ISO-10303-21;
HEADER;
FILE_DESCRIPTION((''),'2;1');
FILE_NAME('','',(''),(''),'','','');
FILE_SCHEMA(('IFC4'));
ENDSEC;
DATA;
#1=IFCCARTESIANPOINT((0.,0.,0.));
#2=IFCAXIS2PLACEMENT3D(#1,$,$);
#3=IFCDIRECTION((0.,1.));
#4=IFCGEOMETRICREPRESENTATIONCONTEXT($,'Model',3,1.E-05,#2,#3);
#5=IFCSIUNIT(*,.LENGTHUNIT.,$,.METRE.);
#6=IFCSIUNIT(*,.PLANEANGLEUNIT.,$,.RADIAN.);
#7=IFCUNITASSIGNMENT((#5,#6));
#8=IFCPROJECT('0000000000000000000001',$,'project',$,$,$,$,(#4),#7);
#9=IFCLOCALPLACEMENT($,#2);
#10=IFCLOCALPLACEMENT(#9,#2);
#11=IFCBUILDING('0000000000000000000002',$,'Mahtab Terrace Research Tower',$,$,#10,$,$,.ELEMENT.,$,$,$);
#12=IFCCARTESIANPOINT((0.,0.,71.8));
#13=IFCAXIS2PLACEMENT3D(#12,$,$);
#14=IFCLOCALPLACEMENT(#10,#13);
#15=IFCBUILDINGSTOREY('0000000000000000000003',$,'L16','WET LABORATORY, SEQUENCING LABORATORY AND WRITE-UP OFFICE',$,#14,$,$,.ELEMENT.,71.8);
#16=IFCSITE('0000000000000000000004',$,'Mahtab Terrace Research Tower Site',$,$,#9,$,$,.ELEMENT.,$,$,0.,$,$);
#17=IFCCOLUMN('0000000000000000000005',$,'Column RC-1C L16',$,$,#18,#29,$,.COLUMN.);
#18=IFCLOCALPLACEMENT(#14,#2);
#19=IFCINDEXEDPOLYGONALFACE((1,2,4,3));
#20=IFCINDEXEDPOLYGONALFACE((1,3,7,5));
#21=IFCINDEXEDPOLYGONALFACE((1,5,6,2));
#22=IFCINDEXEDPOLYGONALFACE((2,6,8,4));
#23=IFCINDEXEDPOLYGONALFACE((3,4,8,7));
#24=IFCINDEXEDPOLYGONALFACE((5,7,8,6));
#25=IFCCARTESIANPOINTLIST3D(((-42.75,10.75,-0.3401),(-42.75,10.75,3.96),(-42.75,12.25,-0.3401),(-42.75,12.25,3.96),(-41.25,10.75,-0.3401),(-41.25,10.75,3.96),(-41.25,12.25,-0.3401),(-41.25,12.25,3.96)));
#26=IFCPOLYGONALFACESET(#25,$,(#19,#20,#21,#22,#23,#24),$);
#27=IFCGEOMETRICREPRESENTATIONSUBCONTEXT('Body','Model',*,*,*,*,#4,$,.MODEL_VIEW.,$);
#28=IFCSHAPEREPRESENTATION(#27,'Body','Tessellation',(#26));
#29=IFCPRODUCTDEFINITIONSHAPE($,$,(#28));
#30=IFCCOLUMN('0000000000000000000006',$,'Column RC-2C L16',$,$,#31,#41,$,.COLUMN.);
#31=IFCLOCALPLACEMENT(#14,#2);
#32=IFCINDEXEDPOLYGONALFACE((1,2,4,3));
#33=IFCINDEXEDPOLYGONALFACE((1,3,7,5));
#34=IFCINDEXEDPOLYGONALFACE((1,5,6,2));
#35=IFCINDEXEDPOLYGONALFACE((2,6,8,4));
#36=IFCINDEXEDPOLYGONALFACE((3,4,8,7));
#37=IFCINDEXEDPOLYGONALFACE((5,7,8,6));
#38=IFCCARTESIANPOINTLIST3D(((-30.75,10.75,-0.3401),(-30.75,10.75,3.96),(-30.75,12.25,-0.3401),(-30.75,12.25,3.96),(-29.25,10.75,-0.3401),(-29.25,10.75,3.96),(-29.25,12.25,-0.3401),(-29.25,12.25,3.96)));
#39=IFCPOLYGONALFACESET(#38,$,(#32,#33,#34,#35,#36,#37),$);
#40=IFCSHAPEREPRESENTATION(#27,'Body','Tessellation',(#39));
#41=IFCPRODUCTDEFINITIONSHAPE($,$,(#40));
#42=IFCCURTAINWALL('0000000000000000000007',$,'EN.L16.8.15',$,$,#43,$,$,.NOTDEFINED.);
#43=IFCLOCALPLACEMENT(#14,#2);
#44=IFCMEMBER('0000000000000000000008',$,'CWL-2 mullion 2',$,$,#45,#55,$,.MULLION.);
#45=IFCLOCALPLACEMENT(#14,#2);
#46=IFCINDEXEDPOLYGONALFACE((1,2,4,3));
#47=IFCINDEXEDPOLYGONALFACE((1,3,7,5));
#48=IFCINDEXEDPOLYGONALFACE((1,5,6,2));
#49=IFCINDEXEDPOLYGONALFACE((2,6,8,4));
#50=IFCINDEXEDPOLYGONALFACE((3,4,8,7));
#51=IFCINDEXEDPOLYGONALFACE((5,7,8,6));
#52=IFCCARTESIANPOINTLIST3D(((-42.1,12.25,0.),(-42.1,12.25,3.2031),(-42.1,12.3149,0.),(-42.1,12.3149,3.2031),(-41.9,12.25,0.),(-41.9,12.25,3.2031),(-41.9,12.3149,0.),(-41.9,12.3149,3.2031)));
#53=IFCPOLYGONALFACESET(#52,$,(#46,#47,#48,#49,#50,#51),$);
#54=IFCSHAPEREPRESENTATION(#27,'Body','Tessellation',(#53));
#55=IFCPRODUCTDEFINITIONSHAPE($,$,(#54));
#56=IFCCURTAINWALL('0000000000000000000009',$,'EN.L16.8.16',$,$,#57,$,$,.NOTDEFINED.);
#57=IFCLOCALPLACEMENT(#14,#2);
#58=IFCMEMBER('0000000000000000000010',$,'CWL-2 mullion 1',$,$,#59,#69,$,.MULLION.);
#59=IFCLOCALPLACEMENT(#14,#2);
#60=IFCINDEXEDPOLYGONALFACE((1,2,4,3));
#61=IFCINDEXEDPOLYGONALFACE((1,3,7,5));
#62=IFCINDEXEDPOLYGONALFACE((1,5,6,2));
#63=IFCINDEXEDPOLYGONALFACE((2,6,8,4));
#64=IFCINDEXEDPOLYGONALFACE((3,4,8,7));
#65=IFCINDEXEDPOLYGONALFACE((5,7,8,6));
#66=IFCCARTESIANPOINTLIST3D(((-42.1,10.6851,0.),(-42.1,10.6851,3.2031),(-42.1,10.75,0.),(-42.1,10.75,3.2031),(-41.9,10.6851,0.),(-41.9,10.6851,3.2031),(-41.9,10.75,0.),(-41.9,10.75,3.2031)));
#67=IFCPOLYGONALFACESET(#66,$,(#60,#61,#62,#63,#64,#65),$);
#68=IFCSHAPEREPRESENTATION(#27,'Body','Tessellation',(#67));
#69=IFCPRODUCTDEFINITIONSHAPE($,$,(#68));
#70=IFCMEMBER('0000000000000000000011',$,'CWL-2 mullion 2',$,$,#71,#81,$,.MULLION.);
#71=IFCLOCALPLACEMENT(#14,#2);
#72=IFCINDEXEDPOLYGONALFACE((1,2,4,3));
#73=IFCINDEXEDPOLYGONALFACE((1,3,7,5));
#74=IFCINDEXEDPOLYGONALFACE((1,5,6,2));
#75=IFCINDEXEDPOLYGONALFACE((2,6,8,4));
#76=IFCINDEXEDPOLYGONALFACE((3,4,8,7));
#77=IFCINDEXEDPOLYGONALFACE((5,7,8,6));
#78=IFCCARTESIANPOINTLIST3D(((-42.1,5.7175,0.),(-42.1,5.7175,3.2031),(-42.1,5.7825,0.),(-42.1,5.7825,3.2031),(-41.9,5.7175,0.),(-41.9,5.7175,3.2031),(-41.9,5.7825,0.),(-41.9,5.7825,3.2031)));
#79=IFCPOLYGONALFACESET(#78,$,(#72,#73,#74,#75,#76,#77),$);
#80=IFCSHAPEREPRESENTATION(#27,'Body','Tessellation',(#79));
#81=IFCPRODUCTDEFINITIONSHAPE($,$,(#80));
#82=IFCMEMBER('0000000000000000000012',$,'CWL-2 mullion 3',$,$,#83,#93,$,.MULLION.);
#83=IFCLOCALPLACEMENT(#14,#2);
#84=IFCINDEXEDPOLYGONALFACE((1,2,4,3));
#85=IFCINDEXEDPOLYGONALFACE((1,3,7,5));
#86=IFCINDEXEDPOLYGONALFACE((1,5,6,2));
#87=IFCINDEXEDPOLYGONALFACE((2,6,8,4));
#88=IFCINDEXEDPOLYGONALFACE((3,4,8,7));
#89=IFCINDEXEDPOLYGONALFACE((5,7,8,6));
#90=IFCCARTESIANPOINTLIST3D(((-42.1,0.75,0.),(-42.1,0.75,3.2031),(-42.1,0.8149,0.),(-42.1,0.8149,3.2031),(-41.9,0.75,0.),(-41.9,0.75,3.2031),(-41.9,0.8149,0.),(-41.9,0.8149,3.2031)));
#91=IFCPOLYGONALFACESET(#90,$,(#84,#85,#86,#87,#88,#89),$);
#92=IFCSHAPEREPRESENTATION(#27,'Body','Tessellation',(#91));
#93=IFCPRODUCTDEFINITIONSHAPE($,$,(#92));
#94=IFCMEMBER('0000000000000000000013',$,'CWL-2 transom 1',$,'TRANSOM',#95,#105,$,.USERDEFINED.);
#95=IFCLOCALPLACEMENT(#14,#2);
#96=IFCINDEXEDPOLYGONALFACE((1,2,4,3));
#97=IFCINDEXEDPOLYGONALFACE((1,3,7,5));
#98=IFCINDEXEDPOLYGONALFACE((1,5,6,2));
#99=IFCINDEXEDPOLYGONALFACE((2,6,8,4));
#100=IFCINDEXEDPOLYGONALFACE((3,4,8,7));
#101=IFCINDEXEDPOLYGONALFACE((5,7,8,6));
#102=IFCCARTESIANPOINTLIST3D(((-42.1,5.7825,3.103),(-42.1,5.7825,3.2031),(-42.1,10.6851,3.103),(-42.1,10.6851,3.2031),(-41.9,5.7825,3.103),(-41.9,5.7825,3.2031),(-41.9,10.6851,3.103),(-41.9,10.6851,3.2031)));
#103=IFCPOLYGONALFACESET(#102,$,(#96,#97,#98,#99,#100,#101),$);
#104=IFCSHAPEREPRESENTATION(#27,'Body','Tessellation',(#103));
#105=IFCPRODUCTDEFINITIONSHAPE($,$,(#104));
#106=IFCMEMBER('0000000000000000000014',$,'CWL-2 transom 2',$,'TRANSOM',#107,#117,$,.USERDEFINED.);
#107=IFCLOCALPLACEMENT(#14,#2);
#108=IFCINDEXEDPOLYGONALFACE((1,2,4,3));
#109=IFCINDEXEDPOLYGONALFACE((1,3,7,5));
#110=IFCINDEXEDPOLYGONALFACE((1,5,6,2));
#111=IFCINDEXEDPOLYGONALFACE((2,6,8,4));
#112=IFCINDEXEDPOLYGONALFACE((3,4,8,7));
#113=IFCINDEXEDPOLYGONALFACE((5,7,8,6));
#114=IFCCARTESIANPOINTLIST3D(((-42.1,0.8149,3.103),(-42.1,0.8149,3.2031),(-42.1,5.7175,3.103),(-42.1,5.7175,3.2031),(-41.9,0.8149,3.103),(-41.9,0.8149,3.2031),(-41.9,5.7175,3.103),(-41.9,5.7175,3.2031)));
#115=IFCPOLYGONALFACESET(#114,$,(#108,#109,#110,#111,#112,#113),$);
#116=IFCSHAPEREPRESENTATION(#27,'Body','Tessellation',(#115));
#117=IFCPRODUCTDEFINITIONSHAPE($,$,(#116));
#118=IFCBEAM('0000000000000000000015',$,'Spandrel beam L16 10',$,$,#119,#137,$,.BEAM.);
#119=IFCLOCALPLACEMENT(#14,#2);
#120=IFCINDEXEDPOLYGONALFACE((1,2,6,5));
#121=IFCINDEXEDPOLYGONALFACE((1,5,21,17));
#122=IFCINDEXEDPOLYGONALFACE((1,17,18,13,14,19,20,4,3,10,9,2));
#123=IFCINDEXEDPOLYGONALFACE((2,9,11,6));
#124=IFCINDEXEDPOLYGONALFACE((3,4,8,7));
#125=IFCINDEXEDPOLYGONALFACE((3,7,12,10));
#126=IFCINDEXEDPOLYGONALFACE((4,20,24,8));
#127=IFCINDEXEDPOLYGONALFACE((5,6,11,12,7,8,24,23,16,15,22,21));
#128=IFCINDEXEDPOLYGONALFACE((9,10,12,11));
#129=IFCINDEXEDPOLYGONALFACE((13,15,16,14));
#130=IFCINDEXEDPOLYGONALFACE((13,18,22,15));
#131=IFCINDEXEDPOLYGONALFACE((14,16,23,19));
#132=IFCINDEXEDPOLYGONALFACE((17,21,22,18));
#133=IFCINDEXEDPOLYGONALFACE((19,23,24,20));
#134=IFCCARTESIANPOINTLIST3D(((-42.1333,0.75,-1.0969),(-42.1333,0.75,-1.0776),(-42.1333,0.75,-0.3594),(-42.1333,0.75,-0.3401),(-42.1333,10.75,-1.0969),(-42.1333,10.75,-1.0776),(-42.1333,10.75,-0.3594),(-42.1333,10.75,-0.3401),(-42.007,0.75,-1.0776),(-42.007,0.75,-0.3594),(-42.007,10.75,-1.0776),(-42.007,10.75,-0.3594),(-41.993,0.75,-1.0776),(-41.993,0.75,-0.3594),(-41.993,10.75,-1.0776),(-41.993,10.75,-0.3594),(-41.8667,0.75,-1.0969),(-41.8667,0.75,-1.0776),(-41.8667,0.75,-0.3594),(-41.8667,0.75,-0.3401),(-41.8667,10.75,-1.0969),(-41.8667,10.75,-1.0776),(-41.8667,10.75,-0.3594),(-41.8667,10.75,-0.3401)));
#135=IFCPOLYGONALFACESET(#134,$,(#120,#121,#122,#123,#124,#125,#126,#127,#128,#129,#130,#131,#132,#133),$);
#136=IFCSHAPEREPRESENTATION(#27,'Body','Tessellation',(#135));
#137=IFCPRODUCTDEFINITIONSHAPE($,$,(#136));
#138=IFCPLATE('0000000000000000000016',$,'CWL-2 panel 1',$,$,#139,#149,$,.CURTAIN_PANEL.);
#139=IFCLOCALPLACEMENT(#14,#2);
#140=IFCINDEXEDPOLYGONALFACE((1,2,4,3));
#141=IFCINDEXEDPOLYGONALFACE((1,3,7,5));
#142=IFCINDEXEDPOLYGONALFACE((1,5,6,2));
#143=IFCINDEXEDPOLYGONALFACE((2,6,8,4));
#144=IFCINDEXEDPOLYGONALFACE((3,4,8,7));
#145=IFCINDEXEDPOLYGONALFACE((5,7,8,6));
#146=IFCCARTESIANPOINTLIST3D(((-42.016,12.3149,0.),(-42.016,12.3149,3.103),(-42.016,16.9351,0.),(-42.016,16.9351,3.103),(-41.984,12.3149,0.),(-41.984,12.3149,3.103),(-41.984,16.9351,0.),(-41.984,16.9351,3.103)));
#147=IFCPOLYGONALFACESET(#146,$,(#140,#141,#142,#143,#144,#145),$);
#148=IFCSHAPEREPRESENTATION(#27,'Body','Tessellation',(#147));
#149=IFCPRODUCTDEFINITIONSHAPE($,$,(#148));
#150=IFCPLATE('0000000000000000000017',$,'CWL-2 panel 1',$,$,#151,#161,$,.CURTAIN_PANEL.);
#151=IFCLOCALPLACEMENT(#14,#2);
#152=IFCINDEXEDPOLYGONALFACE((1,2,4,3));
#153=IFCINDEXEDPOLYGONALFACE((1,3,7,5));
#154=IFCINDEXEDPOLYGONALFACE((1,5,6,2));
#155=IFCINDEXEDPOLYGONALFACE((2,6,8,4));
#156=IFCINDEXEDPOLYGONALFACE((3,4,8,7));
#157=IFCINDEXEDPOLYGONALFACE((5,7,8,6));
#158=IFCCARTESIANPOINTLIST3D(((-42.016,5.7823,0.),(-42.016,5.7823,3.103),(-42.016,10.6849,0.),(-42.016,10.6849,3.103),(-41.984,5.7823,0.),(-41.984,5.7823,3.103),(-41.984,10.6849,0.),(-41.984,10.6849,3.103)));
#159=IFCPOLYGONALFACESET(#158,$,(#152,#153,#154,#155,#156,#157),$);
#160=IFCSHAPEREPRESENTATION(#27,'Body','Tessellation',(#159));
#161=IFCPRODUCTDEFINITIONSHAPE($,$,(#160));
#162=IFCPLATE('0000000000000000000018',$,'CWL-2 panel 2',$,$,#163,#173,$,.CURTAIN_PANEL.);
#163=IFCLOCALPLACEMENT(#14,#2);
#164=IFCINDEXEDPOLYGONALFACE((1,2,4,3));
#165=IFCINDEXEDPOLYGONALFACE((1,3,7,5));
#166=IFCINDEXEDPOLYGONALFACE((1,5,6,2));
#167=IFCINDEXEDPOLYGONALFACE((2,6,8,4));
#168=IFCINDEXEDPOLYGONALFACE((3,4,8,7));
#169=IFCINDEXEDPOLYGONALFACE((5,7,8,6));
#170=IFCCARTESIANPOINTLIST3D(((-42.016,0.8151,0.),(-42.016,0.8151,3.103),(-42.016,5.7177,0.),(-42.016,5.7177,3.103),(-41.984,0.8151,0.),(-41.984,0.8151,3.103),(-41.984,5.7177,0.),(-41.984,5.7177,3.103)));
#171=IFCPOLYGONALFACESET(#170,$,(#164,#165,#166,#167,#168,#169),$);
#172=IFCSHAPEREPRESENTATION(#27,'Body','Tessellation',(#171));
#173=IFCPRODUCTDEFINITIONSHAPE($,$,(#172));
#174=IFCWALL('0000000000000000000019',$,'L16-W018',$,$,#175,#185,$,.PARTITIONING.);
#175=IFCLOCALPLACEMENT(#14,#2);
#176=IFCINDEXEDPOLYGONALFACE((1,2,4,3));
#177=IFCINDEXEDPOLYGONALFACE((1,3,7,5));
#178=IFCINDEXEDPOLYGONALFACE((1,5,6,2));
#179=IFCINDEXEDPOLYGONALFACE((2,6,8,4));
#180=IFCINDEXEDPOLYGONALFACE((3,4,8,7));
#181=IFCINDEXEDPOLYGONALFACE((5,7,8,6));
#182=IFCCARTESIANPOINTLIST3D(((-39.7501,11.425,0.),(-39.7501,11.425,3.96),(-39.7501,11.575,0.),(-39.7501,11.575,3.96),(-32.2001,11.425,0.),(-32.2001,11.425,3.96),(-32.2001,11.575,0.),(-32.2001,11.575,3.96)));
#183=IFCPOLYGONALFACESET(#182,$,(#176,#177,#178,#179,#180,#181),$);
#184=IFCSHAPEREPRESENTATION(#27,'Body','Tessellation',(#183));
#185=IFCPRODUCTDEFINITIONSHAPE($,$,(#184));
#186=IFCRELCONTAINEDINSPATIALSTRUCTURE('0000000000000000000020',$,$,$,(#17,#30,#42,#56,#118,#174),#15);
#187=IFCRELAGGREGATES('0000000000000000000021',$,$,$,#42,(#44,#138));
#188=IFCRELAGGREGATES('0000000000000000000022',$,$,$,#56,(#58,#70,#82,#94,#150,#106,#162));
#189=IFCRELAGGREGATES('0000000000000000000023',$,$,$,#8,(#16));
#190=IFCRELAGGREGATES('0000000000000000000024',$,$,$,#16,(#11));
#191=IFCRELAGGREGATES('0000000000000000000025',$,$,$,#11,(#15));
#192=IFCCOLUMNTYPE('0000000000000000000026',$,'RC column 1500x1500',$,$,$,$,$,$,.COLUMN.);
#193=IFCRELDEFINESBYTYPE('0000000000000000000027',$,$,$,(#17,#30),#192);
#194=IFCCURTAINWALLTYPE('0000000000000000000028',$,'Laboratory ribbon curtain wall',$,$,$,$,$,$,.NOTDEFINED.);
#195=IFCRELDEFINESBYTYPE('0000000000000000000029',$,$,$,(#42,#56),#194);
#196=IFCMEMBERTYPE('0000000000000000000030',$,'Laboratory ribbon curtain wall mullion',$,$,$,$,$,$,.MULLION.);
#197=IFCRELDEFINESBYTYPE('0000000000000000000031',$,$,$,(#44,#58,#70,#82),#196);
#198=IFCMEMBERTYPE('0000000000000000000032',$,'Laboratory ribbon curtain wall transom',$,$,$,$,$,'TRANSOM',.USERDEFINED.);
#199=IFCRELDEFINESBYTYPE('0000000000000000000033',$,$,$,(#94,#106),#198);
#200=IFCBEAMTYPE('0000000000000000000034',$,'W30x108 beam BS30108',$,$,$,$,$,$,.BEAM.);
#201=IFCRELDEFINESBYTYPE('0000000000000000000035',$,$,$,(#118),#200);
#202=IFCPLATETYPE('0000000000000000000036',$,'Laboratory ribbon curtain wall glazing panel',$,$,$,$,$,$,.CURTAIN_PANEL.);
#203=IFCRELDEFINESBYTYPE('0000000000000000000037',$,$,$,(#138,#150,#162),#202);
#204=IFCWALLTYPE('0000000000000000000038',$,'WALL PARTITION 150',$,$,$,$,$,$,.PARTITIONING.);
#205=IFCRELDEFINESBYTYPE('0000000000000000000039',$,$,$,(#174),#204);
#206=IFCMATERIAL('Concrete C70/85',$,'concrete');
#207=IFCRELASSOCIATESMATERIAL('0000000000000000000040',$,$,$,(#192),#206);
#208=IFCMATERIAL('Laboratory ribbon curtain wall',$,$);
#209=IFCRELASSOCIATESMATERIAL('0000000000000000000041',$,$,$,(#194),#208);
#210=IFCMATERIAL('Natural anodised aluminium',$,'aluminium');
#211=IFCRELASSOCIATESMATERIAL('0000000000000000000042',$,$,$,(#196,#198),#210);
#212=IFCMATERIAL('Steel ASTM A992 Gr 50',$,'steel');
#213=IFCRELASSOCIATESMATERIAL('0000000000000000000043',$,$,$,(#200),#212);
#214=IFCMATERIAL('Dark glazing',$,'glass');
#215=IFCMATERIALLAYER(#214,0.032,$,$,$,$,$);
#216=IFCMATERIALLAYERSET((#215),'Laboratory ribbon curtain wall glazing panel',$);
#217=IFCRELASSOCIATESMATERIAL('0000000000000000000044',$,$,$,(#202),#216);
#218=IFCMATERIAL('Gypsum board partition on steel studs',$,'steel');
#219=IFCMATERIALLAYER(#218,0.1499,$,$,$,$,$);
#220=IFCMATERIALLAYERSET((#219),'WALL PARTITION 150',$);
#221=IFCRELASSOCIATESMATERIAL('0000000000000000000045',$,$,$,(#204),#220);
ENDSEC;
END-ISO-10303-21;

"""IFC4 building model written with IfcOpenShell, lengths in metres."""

from ifc_helpers import new_model, si_unit, direction, frame, frame_2d, origin, origin_2d, place, context, subcontext, project, spatial, rectangle, i_section, extrude, material, layer, layer_set, material_profile, profile_set, type_object, element, aggregate, save


model = new_model("IFC4")

# Units and contexts
model_context = context("Model", 3, precision=1e-05, world=origin(), true_north=direction((0.0, 1.0)))
body_context = subcontext(model_context, "Body", "Model", "MODEL_VIEW")
ifc_project = project(units=[si_unit("LENGTHUNIT", "METRE"), si_unit("PLANEANGLEUNIT", "RADIAN")], contexts=[model_context])

# Site, building, storey
site_placement = place(None, origin())
site = spatial("IfcSite", under=ifc_project, at=site_placement, Name="Mahtab Terrace Research Tower Site", CompositionType="ELEMENT", RefElevation=0.0)
building_placement = place(site_placement, origin())
building = spatial("IfcBuilding", under=site, at=building_placement, Name="Mahtab Terrace Research Tower", CompositionType="ELEMENT")
storey_placement = place(building_placement, frame((0.0, 0.0, 71.8)))
storey = spatial("IfcBuildingStorey", under=building, at=storey_placement, Name="L16", Description="WET LABORATORY, SEQUENCING LABORATORY AND WRITE-UP OFFICE", CompositionType="ELEMENT", Elevation=71.8)

# Columns
ifc_material_1 = material(Name="Concrete C70/85", Category="concrete")
ifc_material_profile_1 = material_profile(ifc_material_1, rectangle(XDim=1.5, YDim=1.5, at=origin_2d()), Name="RC column 1500x1500")
ifc_profile_set_1 = profile_set([ifc_material_profile_1], Name="Concrete C70/85")
column_type = type_object("IfcColumnType", Name="RC column 1500x1500", PredefinedType="COLUMN", material=ifc_profile_set_1)
for number, where, z_axis, x_axis, name in (
    (1, (-42.0, 11.5, -0.3401), (0.0, 0.0, 1.0), (1.0, 0.0, 0.0), "Column RC-1C L16"),
    (2, (-30.0, 11.5, -0.3401), (0.0, 0.0, 1.0), (1.0, 0.0, 0.0), "Column RC-2C L16"),
):
    element("IfcColumn", number, at=place(storey_placement, frame(where, z_axis=z_axis, x_axis=x_axis)), inside=storey, type_object=column_type, Name=name, PredefinedType="COLUMN", context=body_context, shape_type="SweptSolid", body=[
        extrude(rectangle(XDim=1.5, YDim=1.5, at=origin_2d()), origin(), (0.0, 0.0, 1.0), 4.3),
    ])

# Curtain wall, member
ifc_material_2 = material(Name="Laboratory ribbon curtain wall")
curtain_wall_type = type_object("IfcCurtainWallType", Name="Laboratory ribbon curtain wall", PredefinedType="NOTDEFINED", material=ifc_material_2)
curtain_wall_1_placement = place(storey_placement, origin())
curtain_wall_1 = element("IfcCurtainWall", 3, at=curtain_wall_1_placement, inside=storey, type_object=curtain_wall_type, Name="EN.L16.8.15", PredefinedType="NOTDEFINED")
ifc_material_3 = material(Name="Natural anodised aluminium", Category="aluminium")
ifc_material_profile_2 = material_profile(ifc_material_3, rectangle(XDim=0.2, YDim=0.0649, at=origin_2d()), Name="MULLION 65x200")
ifc_profile_set_2 = profile_set([ifc_material_profile_2], Name="Natural anodised aluminium")
member_type_1 = type_object("IfcMemberType", Name="Laboratory ribbon curtain wall mullion", PredefinedType="MULLION", material=ifc_profile_set_2)
member_1_placement = place(storey_placement, frame((-42.0, 12.2825, 0.0), z_axis=(0.0, 0.0, 1.0), x_axis=(1.0, 0.0, 0.0)))
member_1 = element("IfcMember", 4, at=member_1_placement, type_object=member_type_1, Name="CWL-2 mullion 2", PredefinedType="MULLION", context=body_context, shape_type="SweptSolid", body=[
    extrude(rectangle(XDim=0.2, YDim=0.0649, at=origin_2d()), origin(), (0.0, 0.0, 1.0), 3.2031),
])

# Curtain wall, members
curtain_wall_2_placement = place(storey_placement, origin())
curtain_wall_2 = element("IfcCurtainWall", 5, at=curtain_wall_2_placement, inside=storey, type_object=curtain_wall_type, Name="EN.L16.8.16", PredefinedType="NOTDEFINED")
member_2_placement = place(storey_placement, frame((-42.0, 10.7175, 0.0), z_axis=(0.0, 0.0, 1.0), x_axis=(1.0, 0.0, 0.0)))
member_2 = element("IfcMember", 6, at=member_2_placement, type_object=member_type_1, Name="CWL-2 mullion 1", PredefinedType="MULLION", context=body_context, shape_type="SweptSolid", body=[
    extrude(rectangle(XDim=0.2, YDim=0.0649, at=origin_2d()), origin(), (0.0, 0.0, 1.0), 3.2031),
])
member_3_placement = place(storey_placement, frame((-42.0, 5.75, 0.0), z_axis=(0.0, 0.0, 1.0), x_axis=(1.0, 0.0, 0.0)))
member_3 = element("IfcMember", 7, at=member_3_placement, type_object=member_type_1, Name="CWL-2 mullion 2", PredefinedType="MULLION", context=body_context, shape_type="SweptSolid", body=[
    extrude(rectangle(XDim=0.2, YDim=0.0649, at=origin_2d()), origin(), (0.0, 0.0, 1.0), 3.2031),
])
member_4_placement = place(storey_placement, frame((-42.0, 0.7825, 0.0), z_axis=(0.0, 0.0, 1.0), x_axis=(1.0, 0.0, 0.0)))
member_4 = element("IfcMember", 8, at=member_4_placement, type_object=member_type_1, Name="CWL-2 mullion 3", PredefinedType="MULLION", context=body_context, shape_type="SweptSolid", body=[
    extrude(rectangle(XDim=0.2, YDim=0.0649, at=origin_2d()), origin(), (0.0, 0.0, 1.0), 3.2031),
])
ifc_material_profile_3 = material_profile(ifc_material_3, rectangle(XDim=0.2, YDim=0.1001, at=origin_2d()), Name="TRANSOM 100x200")
ifc_profile_set_3 = profile_set([ifc_material_profile_3], Name="Natural anodised aluminium")
member_type_2 = type_object("IfcMemberType", Name="Laboratory ribbon curtain wall transom", ElementType="TRANSOM", PredefinedType="USERDEFINED", material=ifc_profile_set_3)
member_5_placement = place(storey_placement, frame((-42.0, 10.6851, 3.1531), z_axis=(0.0, -1.0, 0.0), x_axis=(1.0, 0.0, 0.0)))
member_5 = element("IfcMember", 9, at=member_5_placement, type_object=member_type_2, Name="CWL-2 transom 1", ObjectType="TRANSOM", PredefinedType="USERDEFINED", context=body_context, shape_type="SweptSolid", body=[
    extrude(rectangle(XDim=0.2, YDim=0.1001, at=origin_2d()), origin(), (0.0, 0.0, 1.0), 4.9026),
])
member_6_placement = place(storey_placement, frame((-42.0, 5.7175, 3.1531), z_axis=(0.0, -1.0, 0.0), x_axis=(1.0, 0.0, 0.0)))
member_6 = element("IfcMember", 10, at=member_6_placement, type_object=member_type_2, Name="CWL-2 transom 2", ObjectType="TRANSOM", PredefinedType="USERDEFINED", context=body_context, shape_type="SweptSolid", body=[
    extrude(rectangle(XDim=0.2, YDim=0.1001, at=origin_2d()), origin(), (0.0, 0.0, 1.0), 4.9026),
])

# Beam
ifc_material_4 = material(Name="Steel ASTM A992 Gr 50", Category="steel")
ifc_material_profile_4 = material_profile(ifc_material_4, i_section(OverallWidth=0.2666, OverallDepth=0.7568, WebThickness=0.0139, FlangeThickness=0.0193, at=origin_2d()), Name="W30X108")
ifc_profile_set_4 = profile_set([ifc_material_profile_4], Name="Steel ASTM A992 Gr 50")
beam_type = type_object("IfcBeamType", Name="W30x108 beam BS30108", PredefinedType="BEAM", material=ifc_profile_set_4)
beam_placement = place(storey_placement, frame((-42.0, 10.75, -0.7185), z_axis=(0.0, -1.0, 0.0), x_axis=(1.0, 0.0, 0.0)))
element("IfcBeam", 11, at=beam_placement, inside=storey, type_object=beam_type, Name="Spandrel beam L16 10", PredefinedType="BEAM", context=body_context, shape_type="SweptSolid", body=[
    extrude(i_section(OverallWidth=0.2666, OverallDepth=0.7568, WebThickness=0.0139, FlangeThickness=0.0193, at=origin_2d()), origin(), (0.0, 0.0, 1.0), 10.0),
])

# Plates
ifc_material_5 = material(Name="Dark glazing", Category="glass")
ifc_layer_1 = layer(ifc_material_5, 0.032)
ifc_layer_set_1 = layer_set([ifc_layer_1], Name="Laboratory ribbon curtain wall glazing panel")
plate_type = type_object("IfcPlateType", Name="Laboratory ribbon curtain wall glazing panel", PredefinedType="CURTAIN_PANEL", material=ifc_layer_set_1)
plate_1_placement = place(storey_placement, frame((-42.0, 14.625, 0.0), z_axis=(0.0, 0.0, 1.0), x_axis=(0.0, -1.0, 0.0)))
plate_1 = element("IfcPlate", 12, at=plate_1_placement, type_object=plate_type, Name="CWL-2 panel 1", PredefinedType="CURTAIN_PANEL", context=body_context, shape_type="SweptSolid", body=[
    extrude(rectangle(XDim=4.6201, YDim=0.032, at=origin_2d()), origin(), (0.0, 0.0, 1.0), 3.103),
])
aggregate(curtain_wall_1, [member_1, plate_1])
plate_2_placement = place(storey_placement, frame((-42.0, 8.2336, 0.0), z_axis=(0.0, 0.0, 1.0), x_axis=(0.0, -1.0, 0.0)))
plate_2 = element("IfcPlate", 13, at=plate_2_placement, type_object=plate_type, Name="CWL-2 panel 1", PredefinedType="CURTAIN_PANEL", context=body_context, shape_type="SweptSolid", body=[
    extrude(rectangle(XDim=4.9026, YDim=0.032, at=origin_2d()), origin(), (0.0, 0.0, 1.0), 3.103),
])
plate_3_placement = place(storey_placement, frame((-42.0, 3.2664, 0.0), z_axis=(0.0, 0.0, 1.0), x_axis=(0.0, -1.0, 0.0)))
plate_3 = element("IfcPlate", 14, at=plate_3_placement, type_object=plate_type, Name="CWL-2 panel 2", PredefinedType="CURTAIN_PANEL", context=body_context, shape_type="SweptSolid", body=[
    extrude(rectangle(XDim=4.9026, YDim=0.032, at=origin_2d()), origin(), (0.0, 0.0, 1.0), 3.103),
])
aggregate(curtain_wall_2, [member_2, member_3, member_4, member_5, plate_2, member_6, plate_3])

# Wall
ifc_material_6 = material(Name="Gypsum board partition on steel studs", Category="steel")
ifc_layer_2 = layer(ifc_material_6, 0.1499)
ifc_layer_set_2 = layer_set([ifc_layer_2], Name="WALL PARTITION 150")
wall_type = type_object("IfcWallType", Name="WALL PARTITION 150", PredefinedType="PARTITIONING", material=ifc_layer_set_2)
wall_placement = place(storey_placement, frame((-39.75, 11.5, 0.0), z_axis=(0.0, 0.0, 1.0), x_axis=(1.0, 0.0, 0.0)))
element("IfcWall", 15, at=wall_placement, inside=storey, type_object=wall_type, Name="L16-W018", PredefinedType="PARTITIONING", context=body_context, shape_type="SweptSolid", body=[
    extrude(rectangle(XDim=7.55, YDim=0.1499, at=frame_2d((3.7749, 0.0))), origin(), (0.0, 0.0, 1.0), 3.96),
])

save(model, "model.ifc")
